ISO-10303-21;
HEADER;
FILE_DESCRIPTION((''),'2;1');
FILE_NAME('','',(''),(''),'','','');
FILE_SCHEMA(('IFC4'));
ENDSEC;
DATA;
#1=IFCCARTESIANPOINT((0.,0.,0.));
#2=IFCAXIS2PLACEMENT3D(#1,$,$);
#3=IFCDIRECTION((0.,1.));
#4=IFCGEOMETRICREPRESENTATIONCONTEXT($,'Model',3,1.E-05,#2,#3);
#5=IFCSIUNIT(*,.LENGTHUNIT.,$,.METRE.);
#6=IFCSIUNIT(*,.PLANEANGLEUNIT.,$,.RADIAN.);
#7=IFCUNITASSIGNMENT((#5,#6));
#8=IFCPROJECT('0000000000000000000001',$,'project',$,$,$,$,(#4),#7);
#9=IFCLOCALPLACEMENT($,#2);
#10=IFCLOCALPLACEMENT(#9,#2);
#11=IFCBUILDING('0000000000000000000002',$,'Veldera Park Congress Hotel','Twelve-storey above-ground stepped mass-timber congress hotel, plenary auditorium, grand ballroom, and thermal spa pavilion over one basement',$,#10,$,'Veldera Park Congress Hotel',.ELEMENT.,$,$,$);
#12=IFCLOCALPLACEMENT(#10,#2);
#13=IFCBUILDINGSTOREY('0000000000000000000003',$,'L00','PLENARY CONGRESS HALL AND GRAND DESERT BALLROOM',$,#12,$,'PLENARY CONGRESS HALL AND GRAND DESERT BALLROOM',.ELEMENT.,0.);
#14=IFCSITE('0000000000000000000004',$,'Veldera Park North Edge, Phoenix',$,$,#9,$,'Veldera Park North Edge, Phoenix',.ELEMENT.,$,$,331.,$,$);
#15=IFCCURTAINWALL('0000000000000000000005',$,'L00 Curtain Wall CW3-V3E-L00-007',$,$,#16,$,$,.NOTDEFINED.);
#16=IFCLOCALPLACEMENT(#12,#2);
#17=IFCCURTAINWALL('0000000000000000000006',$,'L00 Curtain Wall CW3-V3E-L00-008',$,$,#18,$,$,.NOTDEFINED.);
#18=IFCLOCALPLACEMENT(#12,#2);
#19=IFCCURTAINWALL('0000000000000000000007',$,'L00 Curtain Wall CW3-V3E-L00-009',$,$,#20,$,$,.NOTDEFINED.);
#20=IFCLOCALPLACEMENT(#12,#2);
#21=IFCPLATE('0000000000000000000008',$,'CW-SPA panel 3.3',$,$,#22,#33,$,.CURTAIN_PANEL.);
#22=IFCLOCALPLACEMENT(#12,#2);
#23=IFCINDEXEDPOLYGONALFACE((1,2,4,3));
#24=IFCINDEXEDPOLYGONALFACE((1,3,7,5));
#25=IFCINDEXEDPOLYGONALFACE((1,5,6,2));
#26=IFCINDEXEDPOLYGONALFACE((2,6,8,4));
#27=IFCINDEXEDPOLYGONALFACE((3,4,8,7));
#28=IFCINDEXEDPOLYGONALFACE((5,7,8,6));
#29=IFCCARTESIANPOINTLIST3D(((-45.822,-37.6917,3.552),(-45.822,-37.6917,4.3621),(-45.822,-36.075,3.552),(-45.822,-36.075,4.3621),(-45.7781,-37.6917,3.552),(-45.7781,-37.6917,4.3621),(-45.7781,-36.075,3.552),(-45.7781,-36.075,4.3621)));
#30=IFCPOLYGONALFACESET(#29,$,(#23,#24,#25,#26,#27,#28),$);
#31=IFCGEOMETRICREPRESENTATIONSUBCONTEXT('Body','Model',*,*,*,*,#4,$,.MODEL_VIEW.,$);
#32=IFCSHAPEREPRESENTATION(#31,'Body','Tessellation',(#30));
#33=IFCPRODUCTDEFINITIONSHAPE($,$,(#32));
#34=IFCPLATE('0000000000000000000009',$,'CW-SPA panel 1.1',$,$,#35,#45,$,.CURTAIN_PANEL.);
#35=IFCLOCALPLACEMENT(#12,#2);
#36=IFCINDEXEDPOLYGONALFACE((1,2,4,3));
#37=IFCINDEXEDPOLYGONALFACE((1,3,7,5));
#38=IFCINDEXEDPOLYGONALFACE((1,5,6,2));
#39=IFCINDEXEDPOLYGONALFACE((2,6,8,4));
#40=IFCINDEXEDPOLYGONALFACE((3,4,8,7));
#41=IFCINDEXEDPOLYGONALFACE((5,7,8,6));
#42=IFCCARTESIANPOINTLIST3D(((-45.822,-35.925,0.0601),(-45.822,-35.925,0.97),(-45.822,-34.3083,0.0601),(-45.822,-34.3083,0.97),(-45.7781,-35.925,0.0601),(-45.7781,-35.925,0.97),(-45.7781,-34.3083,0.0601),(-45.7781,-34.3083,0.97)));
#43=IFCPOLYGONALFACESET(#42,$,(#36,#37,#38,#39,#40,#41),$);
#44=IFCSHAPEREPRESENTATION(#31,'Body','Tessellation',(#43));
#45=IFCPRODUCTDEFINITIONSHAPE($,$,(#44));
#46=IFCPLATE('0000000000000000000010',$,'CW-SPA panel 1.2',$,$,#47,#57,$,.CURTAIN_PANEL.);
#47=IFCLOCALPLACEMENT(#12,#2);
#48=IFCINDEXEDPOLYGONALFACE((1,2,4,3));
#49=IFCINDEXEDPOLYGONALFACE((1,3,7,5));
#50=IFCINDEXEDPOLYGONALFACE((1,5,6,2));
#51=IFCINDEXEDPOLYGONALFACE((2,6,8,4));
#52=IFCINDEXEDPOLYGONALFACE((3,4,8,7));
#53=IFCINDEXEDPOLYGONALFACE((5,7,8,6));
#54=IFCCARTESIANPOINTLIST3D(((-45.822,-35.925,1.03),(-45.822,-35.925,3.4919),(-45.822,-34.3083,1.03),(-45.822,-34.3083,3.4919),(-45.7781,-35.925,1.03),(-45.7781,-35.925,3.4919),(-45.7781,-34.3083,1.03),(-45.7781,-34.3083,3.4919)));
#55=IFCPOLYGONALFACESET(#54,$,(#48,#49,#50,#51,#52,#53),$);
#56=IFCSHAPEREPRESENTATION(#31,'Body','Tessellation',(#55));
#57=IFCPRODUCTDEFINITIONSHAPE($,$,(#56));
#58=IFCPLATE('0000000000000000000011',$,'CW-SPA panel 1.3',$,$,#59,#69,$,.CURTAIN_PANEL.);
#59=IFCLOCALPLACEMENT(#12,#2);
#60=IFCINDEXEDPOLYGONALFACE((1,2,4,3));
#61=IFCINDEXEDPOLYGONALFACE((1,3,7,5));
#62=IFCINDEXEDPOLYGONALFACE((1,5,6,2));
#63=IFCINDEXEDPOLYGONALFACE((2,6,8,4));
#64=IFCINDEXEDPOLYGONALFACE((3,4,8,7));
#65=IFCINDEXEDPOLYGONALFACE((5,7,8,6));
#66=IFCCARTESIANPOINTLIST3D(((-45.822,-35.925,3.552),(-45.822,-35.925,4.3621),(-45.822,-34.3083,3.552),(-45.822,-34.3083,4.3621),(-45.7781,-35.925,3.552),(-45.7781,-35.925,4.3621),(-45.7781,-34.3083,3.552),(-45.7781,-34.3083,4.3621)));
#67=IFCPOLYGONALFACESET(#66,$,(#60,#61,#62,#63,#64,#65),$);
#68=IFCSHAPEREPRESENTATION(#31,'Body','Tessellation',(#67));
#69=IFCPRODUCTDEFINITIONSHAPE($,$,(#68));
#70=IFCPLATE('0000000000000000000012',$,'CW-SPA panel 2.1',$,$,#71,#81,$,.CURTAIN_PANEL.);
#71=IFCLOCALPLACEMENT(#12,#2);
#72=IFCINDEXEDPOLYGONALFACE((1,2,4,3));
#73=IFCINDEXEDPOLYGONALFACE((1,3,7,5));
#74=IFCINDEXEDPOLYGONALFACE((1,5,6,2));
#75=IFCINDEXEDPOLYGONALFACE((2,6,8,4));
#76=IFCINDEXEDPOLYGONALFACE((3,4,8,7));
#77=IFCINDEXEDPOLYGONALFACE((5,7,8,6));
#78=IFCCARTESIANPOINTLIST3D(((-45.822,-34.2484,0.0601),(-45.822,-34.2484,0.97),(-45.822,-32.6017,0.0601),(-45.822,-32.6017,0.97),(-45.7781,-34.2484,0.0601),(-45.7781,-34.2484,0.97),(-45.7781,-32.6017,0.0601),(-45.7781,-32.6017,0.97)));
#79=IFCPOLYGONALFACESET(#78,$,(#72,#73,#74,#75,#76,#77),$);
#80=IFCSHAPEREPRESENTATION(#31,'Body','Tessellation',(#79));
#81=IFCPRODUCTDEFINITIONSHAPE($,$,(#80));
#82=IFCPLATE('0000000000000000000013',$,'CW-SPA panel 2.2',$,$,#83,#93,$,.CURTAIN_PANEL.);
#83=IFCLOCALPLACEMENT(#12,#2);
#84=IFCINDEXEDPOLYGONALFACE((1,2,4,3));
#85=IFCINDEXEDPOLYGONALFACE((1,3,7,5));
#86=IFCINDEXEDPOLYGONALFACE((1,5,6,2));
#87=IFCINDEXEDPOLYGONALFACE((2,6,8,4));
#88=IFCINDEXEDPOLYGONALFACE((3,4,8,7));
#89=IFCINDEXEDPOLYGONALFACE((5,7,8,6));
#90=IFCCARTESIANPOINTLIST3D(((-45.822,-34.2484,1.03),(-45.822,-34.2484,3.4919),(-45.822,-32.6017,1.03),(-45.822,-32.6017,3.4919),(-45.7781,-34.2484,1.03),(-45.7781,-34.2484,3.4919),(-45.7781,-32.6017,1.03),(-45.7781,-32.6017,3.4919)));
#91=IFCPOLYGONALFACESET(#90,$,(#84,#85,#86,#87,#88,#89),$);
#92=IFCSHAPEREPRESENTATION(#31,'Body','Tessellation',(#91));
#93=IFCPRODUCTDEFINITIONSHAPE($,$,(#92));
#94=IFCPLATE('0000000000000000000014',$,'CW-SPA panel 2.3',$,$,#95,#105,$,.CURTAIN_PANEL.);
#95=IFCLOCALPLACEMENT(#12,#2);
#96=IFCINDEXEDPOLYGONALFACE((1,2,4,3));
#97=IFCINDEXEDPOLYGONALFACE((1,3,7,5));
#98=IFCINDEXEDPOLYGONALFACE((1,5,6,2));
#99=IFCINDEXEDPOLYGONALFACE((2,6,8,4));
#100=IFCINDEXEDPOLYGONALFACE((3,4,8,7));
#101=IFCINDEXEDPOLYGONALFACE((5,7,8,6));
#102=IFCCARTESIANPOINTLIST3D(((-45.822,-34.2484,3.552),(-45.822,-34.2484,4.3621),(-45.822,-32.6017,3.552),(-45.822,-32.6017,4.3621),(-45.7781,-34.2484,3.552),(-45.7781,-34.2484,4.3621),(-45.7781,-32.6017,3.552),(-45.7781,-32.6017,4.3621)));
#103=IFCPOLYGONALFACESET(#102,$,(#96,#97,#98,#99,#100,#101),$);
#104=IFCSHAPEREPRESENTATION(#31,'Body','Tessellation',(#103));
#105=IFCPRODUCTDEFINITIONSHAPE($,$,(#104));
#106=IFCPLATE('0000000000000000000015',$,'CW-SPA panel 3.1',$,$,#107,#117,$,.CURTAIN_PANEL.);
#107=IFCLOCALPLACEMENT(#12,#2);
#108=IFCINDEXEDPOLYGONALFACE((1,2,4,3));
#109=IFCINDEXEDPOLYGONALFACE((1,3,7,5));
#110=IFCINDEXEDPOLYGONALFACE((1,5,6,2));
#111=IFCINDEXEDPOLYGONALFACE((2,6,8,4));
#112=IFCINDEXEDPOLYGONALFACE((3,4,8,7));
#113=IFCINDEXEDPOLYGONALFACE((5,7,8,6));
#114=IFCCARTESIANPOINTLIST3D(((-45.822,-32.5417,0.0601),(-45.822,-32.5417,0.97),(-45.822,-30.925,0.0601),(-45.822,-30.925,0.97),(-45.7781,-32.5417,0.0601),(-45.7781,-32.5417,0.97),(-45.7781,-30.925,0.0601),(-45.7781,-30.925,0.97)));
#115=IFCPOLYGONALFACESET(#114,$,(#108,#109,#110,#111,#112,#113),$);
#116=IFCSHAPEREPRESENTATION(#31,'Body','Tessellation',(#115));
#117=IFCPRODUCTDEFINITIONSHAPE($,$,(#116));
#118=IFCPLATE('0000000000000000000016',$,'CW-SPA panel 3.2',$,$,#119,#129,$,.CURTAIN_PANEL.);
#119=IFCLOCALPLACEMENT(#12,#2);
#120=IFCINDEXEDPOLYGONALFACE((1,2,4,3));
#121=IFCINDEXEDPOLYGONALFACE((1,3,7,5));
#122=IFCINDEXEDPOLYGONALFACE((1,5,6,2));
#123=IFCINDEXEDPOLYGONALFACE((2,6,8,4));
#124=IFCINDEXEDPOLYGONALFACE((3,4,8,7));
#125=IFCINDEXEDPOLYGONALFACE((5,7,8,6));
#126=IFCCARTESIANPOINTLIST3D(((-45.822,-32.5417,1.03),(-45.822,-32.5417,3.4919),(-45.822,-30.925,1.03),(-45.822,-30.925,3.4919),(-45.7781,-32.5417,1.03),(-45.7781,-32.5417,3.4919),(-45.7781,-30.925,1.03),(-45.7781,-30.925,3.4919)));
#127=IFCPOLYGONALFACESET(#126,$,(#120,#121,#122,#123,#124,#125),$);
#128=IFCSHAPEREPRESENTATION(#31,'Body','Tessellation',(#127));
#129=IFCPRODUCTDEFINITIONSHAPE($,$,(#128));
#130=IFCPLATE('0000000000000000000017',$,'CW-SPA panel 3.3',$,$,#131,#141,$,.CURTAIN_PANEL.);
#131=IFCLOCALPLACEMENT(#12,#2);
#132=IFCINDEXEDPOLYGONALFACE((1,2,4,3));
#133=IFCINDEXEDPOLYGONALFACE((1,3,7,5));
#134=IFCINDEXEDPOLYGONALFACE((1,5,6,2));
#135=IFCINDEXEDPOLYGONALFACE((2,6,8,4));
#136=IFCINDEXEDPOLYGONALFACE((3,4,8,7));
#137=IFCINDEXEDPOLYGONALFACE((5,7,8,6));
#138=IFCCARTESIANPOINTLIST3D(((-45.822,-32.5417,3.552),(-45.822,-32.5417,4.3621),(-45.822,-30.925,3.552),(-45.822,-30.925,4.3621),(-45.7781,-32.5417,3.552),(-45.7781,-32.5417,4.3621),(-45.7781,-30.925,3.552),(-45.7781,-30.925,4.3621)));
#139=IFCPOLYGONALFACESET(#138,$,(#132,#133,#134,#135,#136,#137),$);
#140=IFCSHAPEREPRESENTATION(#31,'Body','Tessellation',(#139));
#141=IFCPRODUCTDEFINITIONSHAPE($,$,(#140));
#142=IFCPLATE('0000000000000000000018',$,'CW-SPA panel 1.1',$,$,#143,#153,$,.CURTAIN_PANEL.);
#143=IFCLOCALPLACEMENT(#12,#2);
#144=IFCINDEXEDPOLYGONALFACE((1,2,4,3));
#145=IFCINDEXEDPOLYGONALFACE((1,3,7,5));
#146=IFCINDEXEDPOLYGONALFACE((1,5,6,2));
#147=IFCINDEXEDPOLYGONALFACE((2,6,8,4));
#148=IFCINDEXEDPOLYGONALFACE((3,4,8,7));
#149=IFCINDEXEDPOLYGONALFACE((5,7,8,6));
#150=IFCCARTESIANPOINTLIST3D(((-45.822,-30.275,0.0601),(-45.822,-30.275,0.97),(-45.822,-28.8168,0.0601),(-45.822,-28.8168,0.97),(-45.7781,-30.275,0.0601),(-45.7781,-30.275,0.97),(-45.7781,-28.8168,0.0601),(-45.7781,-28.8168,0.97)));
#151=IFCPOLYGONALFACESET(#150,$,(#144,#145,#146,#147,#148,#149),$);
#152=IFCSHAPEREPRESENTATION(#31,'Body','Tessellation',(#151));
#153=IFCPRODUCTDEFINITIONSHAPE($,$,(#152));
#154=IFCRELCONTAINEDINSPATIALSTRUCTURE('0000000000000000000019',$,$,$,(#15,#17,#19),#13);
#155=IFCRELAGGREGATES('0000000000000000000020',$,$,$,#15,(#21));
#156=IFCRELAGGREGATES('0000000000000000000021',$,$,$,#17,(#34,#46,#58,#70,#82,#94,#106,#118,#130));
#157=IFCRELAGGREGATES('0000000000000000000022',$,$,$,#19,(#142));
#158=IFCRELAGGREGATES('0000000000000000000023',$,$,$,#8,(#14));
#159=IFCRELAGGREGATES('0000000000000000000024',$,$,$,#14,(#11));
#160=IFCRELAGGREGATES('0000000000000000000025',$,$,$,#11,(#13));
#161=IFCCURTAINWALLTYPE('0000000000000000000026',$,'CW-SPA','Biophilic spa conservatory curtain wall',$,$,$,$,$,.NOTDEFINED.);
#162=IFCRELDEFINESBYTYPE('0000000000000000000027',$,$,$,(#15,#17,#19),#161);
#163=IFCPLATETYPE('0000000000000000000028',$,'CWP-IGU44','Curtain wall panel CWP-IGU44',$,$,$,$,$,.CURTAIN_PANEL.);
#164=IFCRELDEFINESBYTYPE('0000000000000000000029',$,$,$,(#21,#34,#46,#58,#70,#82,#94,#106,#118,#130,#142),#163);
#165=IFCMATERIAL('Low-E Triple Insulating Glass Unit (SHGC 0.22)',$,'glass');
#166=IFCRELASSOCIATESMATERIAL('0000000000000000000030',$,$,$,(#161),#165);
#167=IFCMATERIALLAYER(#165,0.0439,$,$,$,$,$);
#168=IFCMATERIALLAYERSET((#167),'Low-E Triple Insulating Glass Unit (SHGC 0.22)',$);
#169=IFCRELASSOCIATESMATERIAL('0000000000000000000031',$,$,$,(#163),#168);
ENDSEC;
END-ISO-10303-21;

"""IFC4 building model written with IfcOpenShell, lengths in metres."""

from ifc_helpers import new_model, si_unit, direction, frame, origin, origin_2d, place, context, subcontext, project, spatial, rectangle, extrude, material, layer, layer_set, type_object, element, aggregate, save


model = new_model("IFC4")

# Units and contexts
model_context = context("Model", 3, precision=1e-05, world=origin(), true_north=direction((0.0, 1.0)))
body_context = subcontext(model_context, "Body", "Model", "MODEL_VIEW")
ifc_project = project(units=[si_unit("LENGTHUNIT", "METRE"), si_unit("PLANEANGLEUNIT", "RADIAN")], contexts=[model_context])

# Site, building, storey
site_placement = place(None, origin())
site = spatial("IfcSite", under=ifc_project, at=site_placement, Name="Veldera Park North Edge, Phoenix", LongName="Veldera Park North Edge, Phoenix", CompositionType="ELEMENT", RefElevation=331.0)
building_placement = place(site_placement, origin())
building = spatial("IfcBuilding", under=site, at=building_placement, Name="Veldera Park Congress Hotel", Description="Twelve-storey above-ground stepped mass-timber congress hotel, plenary auditorium, grand ballroom, and thermal spa pavilion over one basement", LongName="Veldera Park Congress Hotel", CompositionType="ELEMENT")
storey_placement = place(building_placement, origin())
storey = spatial("IfcBuildingStorey", under=building, at=storey_placement, Name="L00", Description="PLENARY CONGRESS HALL AND GRAND DESERT BALLROOM", LongName="PLENARY CONGRESS HALL AND GRAND DESERT BALLROOM", CompositionType="ELEMENT", Elevation=0.0)

# Curtain wall
ifc_material_1 = material(Name="Low-E Triple Insulating Glass Unit (SHGC 0.22)", Category="glass")
curtain_wall_type = type_object("IfcCurtainWallType", Name="CW-SPA", Description="Biophilic spa conservatory curtain wall", PredefinedType="NOTDEFINED", material=ifc_material_1)
curtain_wall_1_placement = place(storey_placement, origin())
curtain_wall_1 = element("IfcCurtainWall", 1, at=curtain_wall_1_placement, inside=storey, type_object=curtain_wall_type, Name="L00 Curtain Wall CW3-V3E-L00-007", PredefinedType="NOTDEFINED")

# Curtain wall
curtain_wall_2_placement = place(storey_placement, origin())
curtain_wall_2 = element("IfcCurtainWall", 2, at=curtain_wall_2_placement, inside=storey, type_object=curtain_wall_type, Name="L00 Curtain Wall CW3-V3E-L00-008", PredefinedType="NOTDEFINED")

# Curtain wall
curtain_wall_3_placement = place(storey_placement, origin())
curtain_wall_3 = element("IfcCurtainWall", 3, at=curtain_wall_3_placement, inside=storey, type_object=curtain_wall_type, Name="L00 Curtain Wall CW3-V3E-L00-009", PredefinedType="NOTDEFINED")

# Plates
ifc_layer = layer(ifc_material_1, 0.0439)
ifc_layer_set = layer_set([ifc_layer], Name="Low-E Triple Insulating Glass Unit (SHGC 0.22)")
plate_type = type_object("IfcPlateType", Name="CWP-IGU44", Description="Curtain wall panel CWP-IGU44", PredefinedType="CURTAIN_PANEL", material=ifc_layer_set)
plate_1_placement = place(storey_placement, frame((-45.8, -36.8833, 3.552), z_axis=(0.0, 0.0, 1.0), x_axis=(0.0, 1.0, 0.0)))
plate_1 = element("IfcPlate", 4, at=plate_1_placement, type_object=plate_type, Name="CW-SPA panel 3.3", PredefinedType="CURTAIN_PANEL", context=body_context, shape_type="SweptSolid", body=[
    extrude(rectangle(XDim=1.6167, YDim=0.0439, at=origin_2d()), origin(), (0.0, 0.0, 1.0), 0.8101),
])
aggregate(curtain_wall_1, [plate_1])
plate_2_placement = place(storey_placement, frame((-45.8, -35.1167, 0.0601), z_axis=(0.0, 0.0, 1.0), x_axis=(0.0, 1.0, 0.0)))
plate_2 = element("IfcPlate", 5, at=plate_2_placement, type_object=plate_type, Name="CW-SPA panel 1.1", PredefinedType="CURTAIN_PANEL", context=body_context, shape_type="SweptSolid", body=[
    extrude(rectangle(XDim=1.6167, YDim=0.0439, at=origin_2d()), origin(), (0.0, 0.0, 1.0), 0.9099),
])
plate_3_placement = place(storey_placement, frame((-45.8, -35.1167, 1.03), z_axis=(0.0, 0.0, 1.0), x_axis=(0.0, 1.0, 0.0)))
plate_3 = element("IfcPlate", 6, at=plate_3_placement, type_object=plate_type, Name="CW-SPA panel 1.2", PredefinedType="CURTAIN_PANEL", context=body_context, shape_type="SweptSolid", body=[
    extrude(rectangle(XDim=1.6167, YDim=0.0439, at=origin_2d()), origin(), (0.0, 0.0, 1.0), 2.4619),
])
plate_4_placement = place(storey_placement, frame((-45.8, -35.1167, 3.552), z_axis=(0.0, 0.0, 1.0), x_axis=(0.0, 1.0, 0.0)))
plate_4 = element("IfcPlate", 7, at=plate_4_placement, type_object=plate_type, Name="CW-SPA panel 1.3", PredefinedType="CURTAIN_PANEL", context=body_context, shape_type="SweptSolid", body=[
    extrude(rectangle(XDim=1.6167, YDim=0.0439, at=origin_2d()), origin(), (0.0, 0.0, 1.0), 0.8101),
])
plate_5_placement = place(storey_placement, frame((-45.8, -33.425, 0.0601), z_axis=(0.0, 0.0, 1.0), x_axis=(0.0, 1.0, 0.0)))
plate_5 = element("IfcPlate", 8, at=plate_5_placement, type_object=plate_type, Name="CW-SPA panel 2.1", PredefinedType="CURTAIN_PANEL", context=body_context, shape_type="SweptSolid", body=[
    extrude(rectangle(XDim=1.6467, YDim=0.0439, at=origin_2d()), origin(), (0.0, 0.0, 1.0), 0.9099),
])
plate_6_placement = place(storey_placement, frame((-45.8, -33.425, 1.03), z_axis=(0.0, 0.0, 1.0), x_axis=(0.0, 1.0, 0.0)))
plate_6 = element("IfcPlate", 9, at=plate_6_placement, type_object=plate_type, Name="CW-SPA panel 2.2", PredefinedType="CURTAIN_PANEL", context=body_context, shape_type="SweptSolid", body=[
    extrude(rectangle(XDim=1.6467, YDim=0.0439, at=origin_2d()), origin(), (0.0, 0.0, 1.0), 2.4619),
])
plate_7_placement = place(storey_placement, frame((-45.8, -33.425, 3.552), z_axis=(0.0, 0.0, 1.0), x_axis=(0.0, 1.0, 0.0)))
plate_7 = element("IfcPlate", 10, at=plate_7_placement, type_object=plate_type, Name="CW-SPA panel 2.3", PredefinedType="CURTAIN_PANEL", context=body_context, shape_type="SweptSolid", body=[
    extrude(rectangle(XDim=1.6467, YDim=0.0439, at=origin_2d()), origin(), (0.0, 0.0, 1.0), 0.8101),
])
plate_8_placement = place(storey_placement, frame((-45.8, -31.7334, 0.0601), z_axis=(0.0, 0.0, 1.0), x_axis=(0.0, 1.0, 0.0)))
plate_8 = element("IfcPlate", 11, at=plate_8_placement, type_object=plate_type, Name="CW-SPA panel 3.1", PredefinedType="CURTAIN_PANEL", context=body_context, shape_type="SweptSolid", body=[
    extrude(rectangle(XDim=1.6167, YDim=0.0439, at=origin_2d()), origin(), (0.0, 0.0, 1.0), 0.9099),
])
plate_9_placement = place(storey_placement, frame((-45.8, -31.7334, 1.03), z_axis=(0.0, 0.0, 1.0), x_axis=(0.0, 1.0, 0.0)))
plate_9 = element("IfcPlate", 12, at=plate_9_placement, type_object=plate_type, Name="CW-SPA panel 3.2", PredefinedType="CURTAIN_PANEL", context=body_context, shape_type="SweptSolid", body=[
    extrude(rectangle(XDim=1.6167, YDim=0.0439, at=origin_2d()), origin(), (0.0, 0.0, 1.0), 2.4619),
])
plate_10_placement = place(storey_placement, frame((-45.8, -31.7334, 3.552), z_axis=(0.0, 0.0, 1.0), x_axis=(0.0, 1.0, 0.0)))
plate_10 = element("IfcPlate", 13, at=plate_10_placement, type_object=plate_type, Name="CW-SPA panel 3.3", PredefinedType="CURTAIN_PANEL", context=body_context, shape_type="SweptSolid", body=[
    extrude(rectangle(XDim=1.6167, YDim=0.0439, at=origin_2d()), origin(), (0.0, 0.0, 1.0), 0.8101),
])
aggregate(curtain_wall_2, [plate_2, plate_3, plate_4, plate_5, plate_6, plate_7, plate_8, plate_9, plate_10])
plate_11_placement = place(storey_placement, frame((-45.8, -29.5459, 0.0601), z_axis=(0.0, 0.0, 1.0), x_axis=(0.0, 1.0, 0.0)))
plate_11 = element("IfcPlate", 14, at=plate_11_placement, type_object=plate_type, Name="CW-SPA panel 1.1", PredefinedType="CURTAIN_PANEL", context=body_context, shape_type="SweptSolid", body=[
    extrude(rectangle(XDim=1.4583, YDim=0.0439, at=origin_2d()), origin(), (0.0, 0.0, 1.0), 0.9099),
])
aggregate(curtain_wall_3, [plate_11])

save(model, "model.ifc")
